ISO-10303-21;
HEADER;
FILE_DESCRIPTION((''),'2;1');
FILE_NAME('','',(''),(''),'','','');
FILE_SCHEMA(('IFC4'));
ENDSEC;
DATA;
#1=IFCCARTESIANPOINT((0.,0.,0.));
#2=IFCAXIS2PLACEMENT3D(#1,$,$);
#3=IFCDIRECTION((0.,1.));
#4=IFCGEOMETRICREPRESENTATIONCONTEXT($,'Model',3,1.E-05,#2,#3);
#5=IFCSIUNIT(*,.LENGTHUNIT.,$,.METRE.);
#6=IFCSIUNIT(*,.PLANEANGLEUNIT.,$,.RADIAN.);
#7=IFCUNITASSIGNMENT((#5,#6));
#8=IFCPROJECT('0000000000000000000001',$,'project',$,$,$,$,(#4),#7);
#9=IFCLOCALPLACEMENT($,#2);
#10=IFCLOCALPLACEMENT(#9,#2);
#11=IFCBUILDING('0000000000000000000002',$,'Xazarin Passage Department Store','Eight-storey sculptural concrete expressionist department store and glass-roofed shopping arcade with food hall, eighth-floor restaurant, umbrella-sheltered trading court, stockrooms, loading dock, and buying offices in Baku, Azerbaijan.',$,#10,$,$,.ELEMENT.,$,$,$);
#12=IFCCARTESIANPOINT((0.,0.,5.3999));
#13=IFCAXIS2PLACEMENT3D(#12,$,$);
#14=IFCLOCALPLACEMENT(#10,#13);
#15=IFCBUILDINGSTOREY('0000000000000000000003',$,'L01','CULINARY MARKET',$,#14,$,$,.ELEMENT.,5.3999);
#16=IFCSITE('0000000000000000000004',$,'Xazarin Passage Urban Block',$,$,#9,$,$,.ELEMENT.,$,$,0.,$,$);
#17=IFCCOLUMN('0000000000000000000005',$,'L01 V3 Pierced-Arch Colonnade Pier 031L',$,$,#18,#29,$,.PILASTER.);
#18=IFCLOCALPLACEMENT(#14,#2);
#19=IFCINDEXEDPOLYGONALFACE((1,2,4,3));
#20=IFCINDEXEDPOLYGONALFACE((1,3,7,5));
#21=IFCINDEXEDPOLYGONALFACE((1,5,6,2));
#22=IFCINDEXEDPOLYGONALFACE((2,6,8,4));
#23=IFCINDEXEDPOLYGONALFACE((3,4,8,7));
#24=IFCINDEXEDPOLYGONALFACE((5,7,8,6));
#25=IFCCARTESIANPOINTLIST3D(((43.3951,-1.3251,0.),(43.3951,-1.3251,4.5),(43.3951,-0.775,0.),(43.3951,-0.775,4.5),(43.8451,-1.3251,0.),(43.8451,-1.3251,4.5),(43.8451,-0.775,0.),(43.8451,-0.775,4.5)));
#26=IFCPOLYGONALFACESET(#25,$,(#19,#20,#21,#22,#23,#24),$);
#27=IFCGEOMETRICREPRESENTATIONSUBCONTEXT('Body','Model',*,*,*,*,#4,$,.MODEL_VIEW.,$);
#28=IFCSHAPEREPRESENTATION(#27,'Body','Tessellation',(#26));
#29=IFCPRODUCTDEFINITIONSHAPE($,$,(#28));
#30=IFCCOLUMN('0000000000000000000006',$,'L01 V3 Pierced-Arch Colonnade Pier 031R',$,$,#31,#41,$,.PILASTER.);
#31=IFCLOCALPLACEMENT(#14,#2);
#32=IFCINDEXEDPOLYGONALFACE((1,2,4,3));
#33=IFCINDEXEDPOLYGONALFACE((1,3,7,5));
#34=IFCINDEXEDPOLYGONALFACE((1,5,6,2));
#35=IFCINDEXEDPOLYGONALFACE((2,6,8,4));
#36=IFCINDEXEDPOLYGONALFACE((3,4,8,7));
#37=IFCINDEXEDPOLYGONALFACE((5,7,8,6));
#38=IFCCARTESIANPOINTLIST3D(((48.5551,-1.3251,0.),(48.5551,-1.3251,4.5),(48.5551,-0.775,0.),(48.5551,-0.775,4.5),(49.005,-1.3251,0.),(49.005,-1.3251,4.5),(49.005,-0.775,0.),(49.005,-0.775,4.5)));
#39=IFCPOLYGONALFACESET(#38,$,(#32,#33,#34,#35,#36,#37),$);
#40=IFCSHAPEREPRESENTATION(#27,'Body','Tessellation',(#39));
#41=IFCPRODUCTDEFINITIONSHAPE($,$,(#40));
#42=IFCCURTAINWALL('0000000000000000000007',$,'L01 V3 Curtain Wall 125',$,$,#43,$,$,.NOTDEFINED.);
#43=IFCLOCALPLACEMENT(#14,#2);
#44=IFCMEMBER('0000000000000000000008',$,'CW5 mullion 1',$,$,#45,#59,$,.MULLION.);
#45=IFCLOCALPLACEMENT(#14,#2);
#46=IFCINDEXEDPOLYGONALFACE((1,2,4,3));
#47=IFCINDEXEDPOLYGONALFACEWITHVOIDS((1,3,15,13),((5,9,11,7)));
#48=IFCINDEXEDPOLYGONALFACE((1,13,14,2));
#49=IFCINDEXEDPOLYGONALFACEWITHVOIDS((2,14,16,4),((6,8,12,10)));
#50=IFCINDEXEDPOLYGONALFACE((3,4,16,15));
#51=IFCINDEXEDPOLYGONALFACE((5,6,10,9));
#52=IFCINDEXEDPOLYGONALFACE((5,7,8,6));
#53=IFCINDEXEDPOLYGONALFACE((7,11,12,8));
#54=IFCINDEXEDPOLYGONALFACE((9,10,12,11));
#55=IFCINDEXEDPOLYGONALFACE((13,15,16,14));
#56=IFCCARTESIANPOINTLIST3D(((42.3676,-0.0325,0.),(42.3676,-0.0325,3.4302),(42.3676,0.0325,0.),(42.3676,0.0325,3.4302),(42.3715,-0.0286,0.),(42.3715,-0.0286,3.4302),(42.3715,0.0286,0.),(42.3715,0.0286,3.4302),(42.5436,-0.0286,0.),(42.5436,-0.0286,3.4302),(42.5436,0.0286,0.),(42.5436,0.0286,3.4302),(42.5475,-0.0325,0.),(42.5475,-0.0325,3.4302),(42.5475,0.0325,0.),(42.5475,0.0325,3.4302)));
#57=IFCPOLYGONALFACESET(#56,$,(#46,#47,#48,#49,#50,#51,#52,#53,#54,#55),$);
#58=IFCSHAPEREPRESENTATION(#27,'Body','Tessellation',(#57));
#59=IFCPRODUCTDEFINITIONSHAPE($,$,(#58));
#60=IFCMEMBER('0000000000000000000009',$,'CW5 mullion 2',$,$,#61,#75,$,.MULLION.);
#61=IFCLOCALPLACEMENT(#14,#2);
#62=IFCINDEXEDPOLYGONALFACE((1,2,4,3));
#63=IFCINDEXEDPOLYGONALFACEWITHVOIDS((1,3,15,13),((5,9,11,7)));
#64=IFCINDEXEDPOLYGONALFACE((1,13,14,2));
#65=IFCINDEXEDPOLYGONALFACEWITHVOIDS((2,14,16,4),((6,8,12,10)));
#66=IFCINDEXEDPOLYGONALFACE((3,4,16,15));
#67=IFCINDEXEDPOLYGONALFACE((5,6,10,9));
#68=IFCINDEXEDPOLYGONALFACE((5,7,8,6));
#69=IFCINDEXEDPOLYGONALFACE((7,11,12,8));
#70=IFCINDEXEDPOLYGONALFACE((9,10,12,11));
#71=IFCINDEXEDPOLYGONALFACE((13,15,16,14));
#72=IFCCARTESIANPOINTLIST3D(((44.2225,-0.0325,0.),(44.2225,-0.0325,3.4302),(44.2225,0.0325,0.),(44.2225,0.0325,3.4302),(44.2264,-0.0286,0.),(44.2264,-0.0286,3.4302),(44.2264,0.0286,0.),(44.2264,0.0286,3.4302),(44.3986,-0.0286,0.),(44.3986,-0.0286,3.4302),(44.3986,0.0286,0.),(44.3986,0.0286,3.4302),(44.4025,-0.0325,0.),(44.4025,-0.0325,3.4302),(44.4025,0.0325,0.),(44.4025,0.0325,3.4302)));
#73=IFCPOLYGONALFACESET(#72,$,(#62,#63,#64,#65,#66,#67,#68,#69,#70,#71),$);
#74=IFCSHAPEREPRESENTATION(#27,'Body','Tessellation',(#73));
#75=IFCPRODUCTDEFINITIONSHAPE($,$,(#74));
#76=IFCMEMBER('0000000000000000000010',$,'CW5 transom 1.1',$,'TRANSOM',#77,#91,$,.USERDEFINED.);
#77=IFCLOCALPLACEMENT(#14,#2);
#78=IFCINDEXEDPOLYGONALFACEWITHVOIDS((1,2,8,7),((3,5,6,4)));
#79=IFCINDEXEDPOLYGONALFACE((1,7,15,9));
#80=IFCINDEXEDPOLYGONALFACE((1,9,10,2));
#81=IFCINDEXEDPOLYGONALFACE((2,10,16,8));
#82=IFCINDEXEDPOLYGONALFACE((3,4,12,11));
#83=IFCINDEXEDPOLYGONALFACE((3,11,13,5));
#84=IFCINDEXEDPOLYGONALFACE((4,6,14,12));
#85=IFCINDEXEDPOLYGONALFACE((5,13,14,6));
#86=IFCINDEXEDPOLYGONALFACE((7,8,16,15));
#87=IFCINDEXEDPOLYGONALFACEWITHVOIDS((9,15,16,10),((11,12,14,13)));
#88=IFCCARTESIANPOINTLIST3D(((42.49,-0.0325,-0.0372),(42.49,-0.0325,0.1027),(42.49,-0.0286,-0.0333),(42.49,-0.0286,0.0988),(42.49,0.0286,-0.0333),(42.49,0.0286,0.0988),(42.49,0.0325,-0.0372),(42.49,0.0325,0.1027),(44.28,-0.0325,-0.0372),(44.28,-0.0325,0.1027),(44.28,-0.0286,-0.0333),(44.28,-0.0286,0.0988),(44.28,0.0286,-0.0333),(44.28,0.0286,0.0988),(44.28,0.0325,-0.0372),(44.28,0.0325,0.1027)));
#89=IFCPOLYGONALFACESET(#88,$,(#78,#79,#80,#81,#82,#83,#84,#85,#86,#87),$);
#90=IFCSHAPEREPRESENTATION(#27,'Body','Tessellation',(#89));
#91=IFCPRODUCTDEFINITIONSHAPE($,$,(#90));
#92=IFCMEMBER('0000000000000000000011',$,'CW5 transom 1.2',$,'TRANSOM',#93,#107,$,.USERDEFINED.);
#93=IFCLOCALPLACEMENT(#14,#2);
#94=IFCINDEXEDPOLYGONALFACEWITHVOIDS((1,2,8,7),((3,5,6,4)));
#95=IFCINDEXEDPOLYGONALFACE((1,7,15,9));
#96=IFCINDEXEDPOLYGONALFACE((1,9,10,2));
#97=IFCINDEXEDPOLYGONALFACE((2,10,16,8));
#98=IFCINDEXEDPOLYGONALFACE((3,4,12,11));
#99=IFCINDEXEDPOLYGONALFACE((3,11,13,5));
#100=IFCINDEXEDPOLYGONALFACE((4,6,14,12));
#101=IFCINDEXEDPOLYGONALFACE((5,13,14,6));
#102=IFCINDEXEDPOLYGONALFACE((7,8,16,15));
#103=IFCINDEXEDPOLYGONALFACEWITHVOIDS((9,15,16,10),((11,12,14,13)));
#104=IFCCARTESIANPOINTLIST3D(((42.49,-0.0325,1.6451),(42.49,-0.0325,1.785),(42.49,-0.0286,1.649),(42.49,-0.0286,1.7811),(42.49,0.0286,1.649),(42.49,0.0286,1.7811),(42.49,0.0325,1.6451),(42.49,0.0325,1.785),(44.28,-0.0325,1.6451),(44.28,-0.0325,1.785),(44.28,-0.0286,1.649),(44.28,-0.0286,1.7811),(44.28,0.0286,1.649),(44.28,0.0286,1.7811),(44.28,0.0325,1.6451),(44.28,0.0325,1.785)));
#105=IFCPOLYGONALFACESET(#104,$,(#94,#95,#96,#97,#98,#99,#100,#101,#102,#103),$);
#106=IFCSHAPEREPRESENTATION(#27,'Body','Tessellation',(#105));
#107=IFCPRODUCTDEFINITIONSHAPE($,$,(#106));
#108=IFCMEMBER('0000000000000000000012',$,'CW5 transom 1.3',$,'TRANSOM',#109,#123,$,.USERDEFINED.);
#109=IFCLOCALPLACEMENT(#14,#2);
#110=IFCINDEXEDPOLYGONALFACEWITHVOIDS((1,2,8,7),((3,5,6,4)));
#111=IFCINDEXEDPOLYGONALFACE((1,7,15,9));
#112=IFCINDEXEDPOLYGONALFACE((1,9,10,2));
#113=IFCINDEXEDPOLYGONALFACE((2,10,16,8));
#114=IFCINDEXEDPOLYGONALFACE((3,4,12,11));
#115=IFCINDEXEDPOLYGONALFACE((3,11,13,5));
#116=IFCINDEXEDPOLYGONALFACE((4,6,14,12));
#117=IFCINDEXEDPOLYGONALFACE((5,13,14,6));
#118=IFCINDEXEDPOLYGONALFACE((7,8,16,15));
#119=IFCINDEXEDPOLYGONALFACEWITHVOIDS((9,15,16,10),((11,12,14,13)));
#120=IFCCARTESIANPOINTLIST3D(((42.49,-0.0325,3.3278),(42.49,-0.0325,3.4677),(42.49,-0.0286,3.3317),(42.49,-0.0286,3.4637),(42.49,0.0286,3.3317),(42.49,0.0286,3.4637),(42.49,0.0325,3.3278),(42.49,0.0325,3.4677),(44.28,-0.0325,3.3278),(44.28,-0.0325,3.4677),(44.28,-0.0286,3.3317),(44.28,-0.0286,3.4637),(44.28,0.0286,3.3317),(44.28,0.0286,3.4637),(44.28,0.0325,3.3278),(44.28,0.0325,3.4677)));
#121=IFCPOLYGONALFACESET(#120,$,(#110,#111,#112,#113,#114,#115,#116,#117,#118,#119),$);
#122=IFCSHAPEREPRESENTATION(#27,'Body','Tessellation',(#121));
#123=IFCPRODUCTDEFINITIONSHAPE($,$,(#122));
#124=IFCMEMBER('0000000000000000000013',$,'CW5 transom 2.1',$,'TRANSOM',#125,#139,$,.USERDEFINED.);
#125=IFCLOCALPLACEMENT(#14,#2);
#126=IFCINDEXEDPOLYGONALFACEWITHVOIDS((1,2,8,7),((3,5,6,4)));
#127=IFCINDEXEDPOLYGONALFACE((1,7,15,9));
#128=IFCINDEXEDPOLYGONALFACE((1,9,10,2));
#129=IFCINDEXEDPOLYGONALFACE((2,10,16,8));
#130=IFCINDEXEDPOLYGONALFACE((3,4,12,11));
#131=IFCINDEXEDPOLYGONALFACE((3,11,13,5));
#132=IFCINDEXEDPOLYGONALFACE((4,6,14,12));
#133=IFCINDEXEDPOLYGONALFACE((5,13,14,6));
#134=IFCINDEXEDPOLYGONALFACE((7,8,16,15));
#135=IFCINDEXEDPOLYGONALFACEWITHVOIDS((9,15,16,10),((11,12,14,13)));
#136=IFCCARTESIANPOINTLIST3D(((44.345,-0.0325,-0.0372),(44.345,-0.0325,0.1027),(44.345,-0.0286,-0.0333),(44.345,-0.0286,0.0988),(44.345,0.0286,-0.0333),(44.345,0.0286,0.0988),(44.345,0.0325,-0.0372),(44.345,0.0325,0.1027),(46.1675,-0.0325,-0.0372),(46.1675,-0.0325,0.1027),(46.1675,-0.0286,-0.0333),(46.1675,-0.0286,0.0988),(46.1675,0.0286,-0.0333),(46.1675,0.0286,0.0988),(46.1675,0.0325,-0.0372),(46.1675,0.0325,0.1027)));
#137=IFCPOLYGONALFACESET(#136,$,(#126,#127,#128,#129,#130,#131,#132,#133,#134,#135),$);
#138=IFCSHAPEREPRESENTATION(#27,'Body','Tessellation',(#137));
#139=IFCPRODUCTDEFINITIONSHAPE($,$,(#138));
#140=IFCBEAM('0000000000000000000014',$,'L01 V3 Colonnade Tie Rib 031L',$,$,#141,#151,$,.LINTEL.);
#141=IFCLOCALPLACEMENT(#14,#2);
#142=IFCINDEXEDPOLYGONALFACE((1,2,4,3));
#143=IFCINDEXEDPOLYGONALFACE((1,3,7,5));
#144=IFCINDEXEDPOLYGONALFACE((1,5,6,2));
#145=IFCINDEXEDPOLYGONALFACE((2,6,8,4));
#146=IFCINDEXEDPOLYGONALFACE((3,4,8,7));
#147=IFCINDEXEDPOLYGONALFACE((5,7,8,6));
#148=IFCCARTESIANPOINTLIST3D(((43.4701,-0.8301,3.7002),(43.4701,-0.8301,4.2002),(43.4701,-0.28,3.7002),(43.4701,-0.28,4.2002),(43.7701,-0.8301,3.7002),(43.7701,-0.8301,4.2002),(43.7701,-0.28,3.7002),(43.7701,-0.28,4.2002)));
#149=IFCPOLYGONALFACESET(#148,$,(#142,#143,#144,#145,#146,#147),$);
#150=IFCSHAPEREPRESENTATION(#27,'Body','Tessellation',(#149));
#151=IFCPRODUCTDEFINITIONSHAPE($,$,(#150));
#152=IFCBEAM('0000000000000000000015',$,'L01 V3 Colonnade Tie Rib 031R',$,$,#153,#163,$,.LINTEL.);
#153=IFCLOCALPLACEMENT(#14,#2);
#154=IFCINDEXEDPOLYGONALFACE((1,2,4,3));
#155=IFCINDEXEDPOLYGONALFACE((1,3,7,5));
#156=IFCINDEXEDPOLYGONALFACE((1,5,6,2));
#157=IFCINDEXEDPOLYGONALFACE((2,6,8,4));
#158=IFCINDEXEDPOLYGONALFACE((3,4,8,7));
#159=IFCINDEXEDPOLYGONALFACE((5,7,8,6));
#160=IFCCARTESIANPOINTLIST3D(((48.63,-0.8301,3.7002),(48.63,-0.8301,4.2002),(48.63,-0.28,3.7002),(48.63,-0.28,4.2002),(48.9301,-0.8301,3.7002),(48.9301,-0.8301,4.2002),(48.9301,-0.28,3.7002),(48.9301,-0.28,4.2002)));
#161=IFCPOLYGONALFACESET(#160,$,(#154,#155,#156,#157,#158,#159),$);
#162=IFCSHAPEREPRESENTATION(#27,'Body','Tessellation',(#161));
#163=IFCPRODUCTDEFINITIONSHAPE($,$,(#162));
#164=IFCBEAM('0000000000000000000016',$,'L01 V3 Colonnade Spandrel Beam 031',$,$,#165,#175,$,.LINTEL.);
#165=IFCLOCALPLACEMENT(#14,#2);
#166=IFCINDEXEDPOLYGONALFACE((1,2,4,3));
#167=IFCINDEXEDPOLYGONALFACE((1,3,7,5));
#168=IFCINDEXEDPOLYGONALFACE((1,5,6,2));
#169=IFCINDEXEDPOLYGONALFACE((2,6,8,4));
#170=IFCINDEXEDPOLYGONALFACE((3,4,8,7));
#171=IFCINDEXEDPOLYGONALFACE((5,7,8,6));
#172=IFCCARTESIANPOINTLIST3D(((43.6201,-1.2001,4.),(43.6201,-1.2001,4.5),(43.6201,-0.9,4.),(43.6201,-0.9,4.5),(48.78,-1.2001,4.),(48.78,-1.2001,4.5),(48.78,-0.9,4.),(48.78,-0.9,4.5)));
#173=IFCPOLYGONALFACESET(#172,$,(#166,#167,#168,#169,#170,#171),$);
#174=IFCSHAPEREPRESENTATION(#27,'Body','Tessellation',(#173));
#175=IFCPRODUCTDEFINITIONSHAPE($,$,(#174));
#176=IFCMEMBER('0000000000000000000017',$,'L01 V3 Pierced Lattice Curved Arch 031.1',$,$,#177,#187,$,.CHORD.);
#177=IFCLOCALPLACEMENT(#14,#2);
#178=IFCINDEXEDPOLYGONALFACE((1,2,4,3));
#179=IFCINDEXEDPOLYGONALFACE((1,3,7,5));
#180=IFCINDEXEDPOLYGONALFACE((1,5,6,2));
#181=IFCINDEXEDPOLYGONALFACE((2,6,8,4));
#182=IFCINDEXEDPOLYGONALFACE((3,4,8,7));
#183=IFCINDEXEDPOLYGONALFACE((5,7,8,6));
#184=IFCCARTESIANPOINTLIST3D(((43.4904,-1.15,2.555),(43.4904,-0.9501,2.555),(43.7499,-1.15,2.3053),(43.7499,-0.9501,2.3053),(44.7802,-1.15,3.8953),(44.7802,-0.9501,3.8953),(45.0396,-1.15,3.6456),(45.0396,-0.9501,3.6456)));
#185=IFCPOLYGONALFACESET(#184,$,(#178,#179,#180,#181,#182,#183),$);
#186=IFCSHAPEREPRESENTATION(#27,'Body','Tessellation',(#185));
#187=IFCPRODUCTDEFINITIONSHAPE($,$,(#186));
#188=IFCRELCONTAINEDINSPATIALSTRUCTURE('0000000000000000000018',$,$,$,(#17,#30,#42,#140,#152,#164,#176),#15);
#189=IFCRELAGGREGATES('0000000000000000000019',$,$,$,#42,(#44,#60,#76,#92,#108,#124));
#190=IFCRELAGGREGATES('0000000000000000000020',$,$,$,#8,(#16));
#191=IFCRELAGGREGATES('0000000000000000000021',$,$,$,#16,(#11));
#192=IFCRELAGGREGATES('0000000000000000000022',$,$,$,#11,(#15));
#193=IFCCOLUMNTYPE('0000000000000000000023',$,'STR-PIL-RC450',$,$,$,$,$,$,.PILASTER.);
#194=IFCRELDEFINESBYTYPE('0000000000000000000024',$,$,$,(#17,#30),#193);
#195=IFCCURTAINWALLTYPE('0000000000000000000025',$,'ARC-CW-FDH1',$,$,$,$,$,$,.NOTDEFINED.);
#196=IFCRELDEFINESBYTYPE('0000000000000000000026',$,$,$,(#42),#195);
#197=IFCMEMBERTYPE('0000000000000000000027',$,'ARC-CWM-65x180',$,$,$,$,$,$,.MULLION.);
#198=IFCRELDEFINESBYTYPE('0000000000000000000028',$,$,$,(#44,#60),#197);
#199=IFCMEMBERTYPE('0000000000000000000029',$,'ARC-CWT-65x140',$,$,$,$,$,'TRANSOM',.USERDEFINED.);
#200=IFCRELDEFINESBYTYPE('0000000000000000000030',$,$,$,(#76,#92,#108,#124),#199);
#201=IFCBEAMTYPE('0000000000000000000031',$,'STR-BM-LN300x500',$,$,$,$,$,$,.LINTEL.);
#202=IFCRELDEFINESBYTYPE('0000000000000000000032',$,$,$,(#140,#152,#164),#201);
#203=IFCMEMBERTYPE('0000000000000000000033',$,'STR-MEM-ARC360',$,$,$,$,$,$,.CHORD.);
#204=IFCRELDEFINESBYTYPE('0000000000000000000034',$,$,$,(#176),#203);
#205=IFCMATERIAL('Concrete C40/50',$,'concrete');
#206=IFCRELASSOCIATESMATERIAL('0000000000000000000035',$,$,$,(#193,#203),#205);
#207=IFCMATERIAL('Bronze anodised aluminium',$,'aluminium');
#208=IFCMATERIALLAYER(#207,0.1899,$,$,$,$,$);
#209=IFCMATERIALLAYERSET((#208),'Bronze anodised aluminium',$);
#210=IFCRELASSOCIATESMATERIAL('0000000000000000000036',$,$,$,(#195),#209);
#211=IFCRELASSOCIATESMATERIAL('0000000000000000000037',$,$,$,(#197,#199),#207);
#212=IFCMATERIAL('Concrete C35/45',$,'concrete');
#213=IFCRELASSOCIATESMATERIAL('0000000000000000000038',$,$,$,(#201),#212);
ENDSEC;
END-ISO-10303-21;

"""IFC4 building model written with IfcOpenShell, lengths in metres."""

from ifc_helpers import new_model, si_unit, direction, frame, origin, origin_2d, place, context, subcontext, project, spatial, rectangle, hollow_rectangle, extrude, material, layer, layer_set, material_profile, profile_set, type_object, element, aggregate, save


model = new_model("IFC4")

# Units and contexts
model_context = context("Model", 3, precision=1e-05, world=origin(), true_north=direction((0.0, 1.0)))
body_context = subcontext(model_context, "Body", "Model", "MODEL_VIEW")
ifc_project = project(units=[si_unit("LENGTHUNIT", "METRE"), si_unit("PLANEANGLEUNIT", "RADIAN")], contexts=[model_context])

# Site, building, storey
site_placement = place(None, origin())
site = spatial("IfcSite", under=ifc_project, at=site_placement, Name="Xazarin Passage Urban Block", CompositionType="ELEMENT", RefElevation=0.0)
building_placement = place(site_placement, origin())
building = spatial("IfcBuilding", under=site, at=building_placement, Name="Xazarin Passage Department Store", Description="Eight-storey sculptural concrete expressionist department store and glass-roofed shopping arcade with food hall, eighth-floor restaurant, umbrella-sheltered trading court, stockrooms, loading dock, and buying offices in Baku, Azerbaijan.", CompositionType="ELEMENT")
storey_placement = place(building_placement, frame((0.0, 0.0, 5.3999)))
storey = spatial("IfcBuildingStorey", under=building, at=storey_placement, Name="L01", Description="CULINARY MARKET", CompositionType="ELEMENT", Elevation=5.3999)

# Columns
ifc_material_1 = material(Name="Concrete C40/50", Category="concrete")
ifc_material_profile_1 = material_profile(ifc_material_1, rectangle(XDim=0.45, YDim=0.55, at=origin_2d()), Name="RC 450x550")
ifc_profile_set_1 = profile_set([ifc_material_profile_1], Name="Concrete C40/50")
column_type = type_object("IfcColumnType", Name="STR-PIL-RC450", PredefinedType="PILASTER", material=ifc_profile_set_1)
for number, where, z_axis, x_axis, name in (
    (1, (43.6201, -1.05, 0.0), (0.0, 0.0, 1.0), (1.0, 0.0, 0.0), "L01 V3 Pierced-Arch Colonnade Pier 031L"),
    (2, (48.78, -1.05, 0.0), (0.0, 0.0, 1.0), (1.0, 0.0, 0.0), "L01 V3 Pierced-Arch Colonnade Pier 031R"),
):
    element("IfcColumn", number, at=place(storey_placement, frame(where, z_axis=z_axis, x_axis=x_axis)), inside=storey, type_object=column_type, Name=name, PredefinedType="PILASTER", context=body_context, shape_type="SweptSolid", body=[
        extrude(rectangle(XDim=0.45, YDim=0.55, at=origin_2d()), origin(), (0.0, 0.0, 1.0), 4.5),
    ])

# Curtain wall, members
ifc_material_2 = material(Name="Bronze anodised aluminium", Category="aluminium")
ifc_layer_1 = layer(ifc_material_2, 0.1899)
ifc_layer_set_1 = layer_set([ifc_layer_1], Name="Bronze anodised aluminium")
curtain_wall_type = type_object("IfcCurtainWallType", Name="ARC-CW-FDH1", PredefinedType="NOTDEFINED", material=ifc_layer_set_1)
curtain_wall_placement = place(storey_placement, origin())
curtain_wall = element("IfcCurtainWall", 3, at=curtain_wall_placement, inside=storey, type_object=curtain_wall_type, Name="L01 V3 Curtain Wall 125", PredefinedType="NOTDEFINED")
ifc_material_profile_2 = material_profile(ifc_material_2, hollow_rectangle(XDim=0.0649, YDim=0.1799, WallThickness=0.0039, at=origin_2d()), Name="ALU 65x180")
ifc_profile_set_2 = profile_set([ifc_material_profile_2], Name="Bronze anodised aluminium")
member_type_1 = type_object("IfcMemberType", Name="ARC-CWM-65x180", PredefinedType="MULLION", material=ifc_profile_set_2)
member_1_placement = place(storey_placement, frame((42.4575, 0.0, 0.0), z_axis=(0.0, 0.0, 1.0), x_axis=(0.0, 1.0, 0.0)))
member_1 = element("IfcMember", 4, at=member_1_placement, type_object=member_type_1, Name="CW5 mullion 1", PredefinedType="MULLION", context=body_context, shape_type="SweptSolid", body=[
    extrude(hollow_rectangle(XDim=0.0649, YDim=0.1799, WallThickness=0.0039, at=origin_2d()), origin(), (0.0, 0.0, 1.0), 3.4302),
])
member_2_placement = place(storey_placement, frame((44.3125, 0.0, 0.0), z_axis=(0.0, 0.0, 1.0), x_axis=(0.0, 1.0, 0.0)))
member_2 = element("IfcMember", 5, at=member_2_placement, type_object=member_type_1, Name="CW5 mullion 2", PredefinedType="MULLION", context=body_context, shape_type="SweptSolid", body=[
    extrude(hollow_rectangle(XDim=0.0649, YDim=0.1799, WallThickness=0.0039, at=origin_2d()), origin(), (0.0, 0.0, 1.0), 3.4302),
])
ifc_material_profile_3 = material_profile(ifc_material_2, hollow_rectangle(XDim=0.0649, YDim=0.1399, WallThickness=0.0039, at=origin_2d()), Name="ALU 65x140")
ifc_profile_set_3 = profile_set([ifc_material_profile_3], Name="Bronze anodised aluminium")
member_type_2 = type_object("IfcMemberType", Name="ARC-CWT-65x140", ElementType="TRANSOM", PredefinedType="USERDEFINED", material=ifc_profile_set_3)
member_3_placement = place(storey_placement, frame((42.49, 0.0, 0.0327), z_axis=(1.0, 0.0, 0.0), x_axis=(0.0, 1.0, 0.0)))
member_3 = element("IfcMember", 6, at=member_3_placement, type_object=member_type_2, Name="CW5 transom 1.1", ObjectType="TRANSOM", PredefinedType="USERDEFINED", context=body_context, shape_type="SweptSolid", body=[
    extrude(hollow_rectangle(XDim=0.0649, YDim=0.1399, WallThickness=0.0039, at=origin_2d()), origin(), (0.0, 0.0, 1.0), 1.79),
])
member_4_placement = place(storey_placement, frame((42.49, 0.0, 1.7151), z_axis=(1.0, 0.0, 0.0), x_axis=(0.0, 1.0, 0.0)))
member_4 = element("IfcMember", 7, at=member_4_placement, type_object=member_type_2, Name="CW5 transom 1.2", ObjectType="TRANSOM", PredefinedType="USERDEFINED", context=body_context, shape_type="SweptSolid", body=[
    extrude(hollow_rectangle(XDim=0.0649, YDim=0.1399, WallThickness=0.0039, at=origin_2d()), origin(), (0.0, 0.0, 1.0), 1.79),
])
member_5_placement = place(storey_placement, frame((42.49, 0.0, 3.3977), z_axis=(1.0, 0.0, 0.0), x_axis=(0.0, 1.0, 0.0)))
member_5 = element("IfcMember", 8, at=member_5_placement, type_object=member_type_2, Name="CW5 transom 1.3", ObjectType="TRANSOM", PredefinedType="USERDEFINED", context=body_context, shape_type="SweptSolid", body=[
    extrude(hollow_rectangle(XDim=0.0649, YDim=0.1399, WallThickness=0.0039, at=origin_2d()), origin(), (0.0, 0.0, 1.0), 1.79),
])
member_6_placement = place(storey_placement, frame((44.345, 0.0, 0.0327), z_axis=(1.0, 0.0, 0.0), x_axis=(0.0, 1.0, 0.0)))
member_6 = element("IfcMember", 9, at=member_6_placement, type_object=member_type_2, Name="CW5 transom 2.1", ObjectType="TRANSOM", PredefinedType="USERDEFINED", context=body_context, shape_type="SweptSolid", body=[
    extrude(hollow_rectangle(XDim=0.0649, YDim=0.1399, WallThickness=0.0039, at=origin_2d()), origin(), (0.0, 0.0, 1.0), 1.8225),
])

# Beams
ifc_material_3 = material(Name="Concrete C35/45", Category="concrete")
ifc_material_profile_4 = material_profile(ifc_material_3, rectangle(XDim=0.3, YDim=0.5, at=origin_2d()), Name="RC 300x500")
ifc_profile_set_4 = profile_set([ifc_material_profile_4], Name="Concrete C35/45")
beam_type = type_object("IfcBeamType", Name="STR-BM-LN300x500", PredefinedType="LINTEL", material=ifc_profile_set_4)
for number, where, z_axis, x_axis, name in (
    (10, (43.6201, -0.28, 3.9502), (0.0, -1.0, 0.0), (1.0, 0.0, 0.0), "L01 V3 Colonnade Tie Rib 031L"),
    (11, (48.78, -0.28, 3.9502), (0.0, -1.0, 0.0), (1.0, 0.0, 0.0), "L01 V3 Colonnade Tie Rib 031R"),
):
    element("IfcBeam", number, at=place(storey_placement, frame(where, z_axis=z_axis, x_axis=x_axis)), inside=storey, type_object=beam_type, Name=name, PredefinedType="LINTEL", context=body_context, shape_type="SweptSolid", body=[
        extrude(rectangle(XDim=0.3, YDim=0.5, at=origin_2d()), origin(), (0.0, 0.0, 1.0), 0.55),
    ])
beam_placement = place(storey_placement, frame((43.6201, -1.05, 4.25), z_axis=(1.0, 0.0, 0.0), x_axis=(0.0, 1.0, 0.0)))
element("IfcBeam", 12, at=beam_placement, inside=storey, type_object=beam_type, Name="L01 V3 Colonnade Spandrel Beam 031", PredefinedType="LINTEL", context=body_context, shape_type="SweptSolid", body=[
    extrude(rectangle(XDim=0.3, YDim=0.5, at=origin_2d()), origin(), (0.0, 0.0, 1.0), 5.1599),
])

# Member
ifc_material_profile_5 = material_profile(ifc_material_1, rectangle(XDim=0.2, YDim=0.3601, at=origin_2d()), Name="RC 200x360")
ifc_profile_set_5 = profile_set([ifc_material_profile_5], Name="Concrete C40/50")
member_type_3 = type_object("IfcMemberType", Name="STR-MEM-ARC360", PredefinedType="CHORD", material=ifc_profile_set_5)
member_7_placement = place(storey_placement, frame((43.6201, -1.05, 2.4302), z_axis=(0.693392, 0.0, 0.720561), x_axis=(0.0, 1.0, 0.0)))
element("IfcMember", 13, at=member_7_placement, inside=storey, type_object=member_type_3, Name="L01 V3 Pierced Lattice Curved Arch 031.1", PredefinedType="CHORD", context=body_context, shape_type="SweptSolid", body=[
    extrude(rectangle(XDim=0.2, YDim=0.3601, at=origin_2d()), origin(), (0.0, 0.0, 1.0), 1.8601),
])

aggregate(curtain_wall, [member_1, member_2, member_3, member_4, member_5, member_6])

save(model, "model.ifc")
